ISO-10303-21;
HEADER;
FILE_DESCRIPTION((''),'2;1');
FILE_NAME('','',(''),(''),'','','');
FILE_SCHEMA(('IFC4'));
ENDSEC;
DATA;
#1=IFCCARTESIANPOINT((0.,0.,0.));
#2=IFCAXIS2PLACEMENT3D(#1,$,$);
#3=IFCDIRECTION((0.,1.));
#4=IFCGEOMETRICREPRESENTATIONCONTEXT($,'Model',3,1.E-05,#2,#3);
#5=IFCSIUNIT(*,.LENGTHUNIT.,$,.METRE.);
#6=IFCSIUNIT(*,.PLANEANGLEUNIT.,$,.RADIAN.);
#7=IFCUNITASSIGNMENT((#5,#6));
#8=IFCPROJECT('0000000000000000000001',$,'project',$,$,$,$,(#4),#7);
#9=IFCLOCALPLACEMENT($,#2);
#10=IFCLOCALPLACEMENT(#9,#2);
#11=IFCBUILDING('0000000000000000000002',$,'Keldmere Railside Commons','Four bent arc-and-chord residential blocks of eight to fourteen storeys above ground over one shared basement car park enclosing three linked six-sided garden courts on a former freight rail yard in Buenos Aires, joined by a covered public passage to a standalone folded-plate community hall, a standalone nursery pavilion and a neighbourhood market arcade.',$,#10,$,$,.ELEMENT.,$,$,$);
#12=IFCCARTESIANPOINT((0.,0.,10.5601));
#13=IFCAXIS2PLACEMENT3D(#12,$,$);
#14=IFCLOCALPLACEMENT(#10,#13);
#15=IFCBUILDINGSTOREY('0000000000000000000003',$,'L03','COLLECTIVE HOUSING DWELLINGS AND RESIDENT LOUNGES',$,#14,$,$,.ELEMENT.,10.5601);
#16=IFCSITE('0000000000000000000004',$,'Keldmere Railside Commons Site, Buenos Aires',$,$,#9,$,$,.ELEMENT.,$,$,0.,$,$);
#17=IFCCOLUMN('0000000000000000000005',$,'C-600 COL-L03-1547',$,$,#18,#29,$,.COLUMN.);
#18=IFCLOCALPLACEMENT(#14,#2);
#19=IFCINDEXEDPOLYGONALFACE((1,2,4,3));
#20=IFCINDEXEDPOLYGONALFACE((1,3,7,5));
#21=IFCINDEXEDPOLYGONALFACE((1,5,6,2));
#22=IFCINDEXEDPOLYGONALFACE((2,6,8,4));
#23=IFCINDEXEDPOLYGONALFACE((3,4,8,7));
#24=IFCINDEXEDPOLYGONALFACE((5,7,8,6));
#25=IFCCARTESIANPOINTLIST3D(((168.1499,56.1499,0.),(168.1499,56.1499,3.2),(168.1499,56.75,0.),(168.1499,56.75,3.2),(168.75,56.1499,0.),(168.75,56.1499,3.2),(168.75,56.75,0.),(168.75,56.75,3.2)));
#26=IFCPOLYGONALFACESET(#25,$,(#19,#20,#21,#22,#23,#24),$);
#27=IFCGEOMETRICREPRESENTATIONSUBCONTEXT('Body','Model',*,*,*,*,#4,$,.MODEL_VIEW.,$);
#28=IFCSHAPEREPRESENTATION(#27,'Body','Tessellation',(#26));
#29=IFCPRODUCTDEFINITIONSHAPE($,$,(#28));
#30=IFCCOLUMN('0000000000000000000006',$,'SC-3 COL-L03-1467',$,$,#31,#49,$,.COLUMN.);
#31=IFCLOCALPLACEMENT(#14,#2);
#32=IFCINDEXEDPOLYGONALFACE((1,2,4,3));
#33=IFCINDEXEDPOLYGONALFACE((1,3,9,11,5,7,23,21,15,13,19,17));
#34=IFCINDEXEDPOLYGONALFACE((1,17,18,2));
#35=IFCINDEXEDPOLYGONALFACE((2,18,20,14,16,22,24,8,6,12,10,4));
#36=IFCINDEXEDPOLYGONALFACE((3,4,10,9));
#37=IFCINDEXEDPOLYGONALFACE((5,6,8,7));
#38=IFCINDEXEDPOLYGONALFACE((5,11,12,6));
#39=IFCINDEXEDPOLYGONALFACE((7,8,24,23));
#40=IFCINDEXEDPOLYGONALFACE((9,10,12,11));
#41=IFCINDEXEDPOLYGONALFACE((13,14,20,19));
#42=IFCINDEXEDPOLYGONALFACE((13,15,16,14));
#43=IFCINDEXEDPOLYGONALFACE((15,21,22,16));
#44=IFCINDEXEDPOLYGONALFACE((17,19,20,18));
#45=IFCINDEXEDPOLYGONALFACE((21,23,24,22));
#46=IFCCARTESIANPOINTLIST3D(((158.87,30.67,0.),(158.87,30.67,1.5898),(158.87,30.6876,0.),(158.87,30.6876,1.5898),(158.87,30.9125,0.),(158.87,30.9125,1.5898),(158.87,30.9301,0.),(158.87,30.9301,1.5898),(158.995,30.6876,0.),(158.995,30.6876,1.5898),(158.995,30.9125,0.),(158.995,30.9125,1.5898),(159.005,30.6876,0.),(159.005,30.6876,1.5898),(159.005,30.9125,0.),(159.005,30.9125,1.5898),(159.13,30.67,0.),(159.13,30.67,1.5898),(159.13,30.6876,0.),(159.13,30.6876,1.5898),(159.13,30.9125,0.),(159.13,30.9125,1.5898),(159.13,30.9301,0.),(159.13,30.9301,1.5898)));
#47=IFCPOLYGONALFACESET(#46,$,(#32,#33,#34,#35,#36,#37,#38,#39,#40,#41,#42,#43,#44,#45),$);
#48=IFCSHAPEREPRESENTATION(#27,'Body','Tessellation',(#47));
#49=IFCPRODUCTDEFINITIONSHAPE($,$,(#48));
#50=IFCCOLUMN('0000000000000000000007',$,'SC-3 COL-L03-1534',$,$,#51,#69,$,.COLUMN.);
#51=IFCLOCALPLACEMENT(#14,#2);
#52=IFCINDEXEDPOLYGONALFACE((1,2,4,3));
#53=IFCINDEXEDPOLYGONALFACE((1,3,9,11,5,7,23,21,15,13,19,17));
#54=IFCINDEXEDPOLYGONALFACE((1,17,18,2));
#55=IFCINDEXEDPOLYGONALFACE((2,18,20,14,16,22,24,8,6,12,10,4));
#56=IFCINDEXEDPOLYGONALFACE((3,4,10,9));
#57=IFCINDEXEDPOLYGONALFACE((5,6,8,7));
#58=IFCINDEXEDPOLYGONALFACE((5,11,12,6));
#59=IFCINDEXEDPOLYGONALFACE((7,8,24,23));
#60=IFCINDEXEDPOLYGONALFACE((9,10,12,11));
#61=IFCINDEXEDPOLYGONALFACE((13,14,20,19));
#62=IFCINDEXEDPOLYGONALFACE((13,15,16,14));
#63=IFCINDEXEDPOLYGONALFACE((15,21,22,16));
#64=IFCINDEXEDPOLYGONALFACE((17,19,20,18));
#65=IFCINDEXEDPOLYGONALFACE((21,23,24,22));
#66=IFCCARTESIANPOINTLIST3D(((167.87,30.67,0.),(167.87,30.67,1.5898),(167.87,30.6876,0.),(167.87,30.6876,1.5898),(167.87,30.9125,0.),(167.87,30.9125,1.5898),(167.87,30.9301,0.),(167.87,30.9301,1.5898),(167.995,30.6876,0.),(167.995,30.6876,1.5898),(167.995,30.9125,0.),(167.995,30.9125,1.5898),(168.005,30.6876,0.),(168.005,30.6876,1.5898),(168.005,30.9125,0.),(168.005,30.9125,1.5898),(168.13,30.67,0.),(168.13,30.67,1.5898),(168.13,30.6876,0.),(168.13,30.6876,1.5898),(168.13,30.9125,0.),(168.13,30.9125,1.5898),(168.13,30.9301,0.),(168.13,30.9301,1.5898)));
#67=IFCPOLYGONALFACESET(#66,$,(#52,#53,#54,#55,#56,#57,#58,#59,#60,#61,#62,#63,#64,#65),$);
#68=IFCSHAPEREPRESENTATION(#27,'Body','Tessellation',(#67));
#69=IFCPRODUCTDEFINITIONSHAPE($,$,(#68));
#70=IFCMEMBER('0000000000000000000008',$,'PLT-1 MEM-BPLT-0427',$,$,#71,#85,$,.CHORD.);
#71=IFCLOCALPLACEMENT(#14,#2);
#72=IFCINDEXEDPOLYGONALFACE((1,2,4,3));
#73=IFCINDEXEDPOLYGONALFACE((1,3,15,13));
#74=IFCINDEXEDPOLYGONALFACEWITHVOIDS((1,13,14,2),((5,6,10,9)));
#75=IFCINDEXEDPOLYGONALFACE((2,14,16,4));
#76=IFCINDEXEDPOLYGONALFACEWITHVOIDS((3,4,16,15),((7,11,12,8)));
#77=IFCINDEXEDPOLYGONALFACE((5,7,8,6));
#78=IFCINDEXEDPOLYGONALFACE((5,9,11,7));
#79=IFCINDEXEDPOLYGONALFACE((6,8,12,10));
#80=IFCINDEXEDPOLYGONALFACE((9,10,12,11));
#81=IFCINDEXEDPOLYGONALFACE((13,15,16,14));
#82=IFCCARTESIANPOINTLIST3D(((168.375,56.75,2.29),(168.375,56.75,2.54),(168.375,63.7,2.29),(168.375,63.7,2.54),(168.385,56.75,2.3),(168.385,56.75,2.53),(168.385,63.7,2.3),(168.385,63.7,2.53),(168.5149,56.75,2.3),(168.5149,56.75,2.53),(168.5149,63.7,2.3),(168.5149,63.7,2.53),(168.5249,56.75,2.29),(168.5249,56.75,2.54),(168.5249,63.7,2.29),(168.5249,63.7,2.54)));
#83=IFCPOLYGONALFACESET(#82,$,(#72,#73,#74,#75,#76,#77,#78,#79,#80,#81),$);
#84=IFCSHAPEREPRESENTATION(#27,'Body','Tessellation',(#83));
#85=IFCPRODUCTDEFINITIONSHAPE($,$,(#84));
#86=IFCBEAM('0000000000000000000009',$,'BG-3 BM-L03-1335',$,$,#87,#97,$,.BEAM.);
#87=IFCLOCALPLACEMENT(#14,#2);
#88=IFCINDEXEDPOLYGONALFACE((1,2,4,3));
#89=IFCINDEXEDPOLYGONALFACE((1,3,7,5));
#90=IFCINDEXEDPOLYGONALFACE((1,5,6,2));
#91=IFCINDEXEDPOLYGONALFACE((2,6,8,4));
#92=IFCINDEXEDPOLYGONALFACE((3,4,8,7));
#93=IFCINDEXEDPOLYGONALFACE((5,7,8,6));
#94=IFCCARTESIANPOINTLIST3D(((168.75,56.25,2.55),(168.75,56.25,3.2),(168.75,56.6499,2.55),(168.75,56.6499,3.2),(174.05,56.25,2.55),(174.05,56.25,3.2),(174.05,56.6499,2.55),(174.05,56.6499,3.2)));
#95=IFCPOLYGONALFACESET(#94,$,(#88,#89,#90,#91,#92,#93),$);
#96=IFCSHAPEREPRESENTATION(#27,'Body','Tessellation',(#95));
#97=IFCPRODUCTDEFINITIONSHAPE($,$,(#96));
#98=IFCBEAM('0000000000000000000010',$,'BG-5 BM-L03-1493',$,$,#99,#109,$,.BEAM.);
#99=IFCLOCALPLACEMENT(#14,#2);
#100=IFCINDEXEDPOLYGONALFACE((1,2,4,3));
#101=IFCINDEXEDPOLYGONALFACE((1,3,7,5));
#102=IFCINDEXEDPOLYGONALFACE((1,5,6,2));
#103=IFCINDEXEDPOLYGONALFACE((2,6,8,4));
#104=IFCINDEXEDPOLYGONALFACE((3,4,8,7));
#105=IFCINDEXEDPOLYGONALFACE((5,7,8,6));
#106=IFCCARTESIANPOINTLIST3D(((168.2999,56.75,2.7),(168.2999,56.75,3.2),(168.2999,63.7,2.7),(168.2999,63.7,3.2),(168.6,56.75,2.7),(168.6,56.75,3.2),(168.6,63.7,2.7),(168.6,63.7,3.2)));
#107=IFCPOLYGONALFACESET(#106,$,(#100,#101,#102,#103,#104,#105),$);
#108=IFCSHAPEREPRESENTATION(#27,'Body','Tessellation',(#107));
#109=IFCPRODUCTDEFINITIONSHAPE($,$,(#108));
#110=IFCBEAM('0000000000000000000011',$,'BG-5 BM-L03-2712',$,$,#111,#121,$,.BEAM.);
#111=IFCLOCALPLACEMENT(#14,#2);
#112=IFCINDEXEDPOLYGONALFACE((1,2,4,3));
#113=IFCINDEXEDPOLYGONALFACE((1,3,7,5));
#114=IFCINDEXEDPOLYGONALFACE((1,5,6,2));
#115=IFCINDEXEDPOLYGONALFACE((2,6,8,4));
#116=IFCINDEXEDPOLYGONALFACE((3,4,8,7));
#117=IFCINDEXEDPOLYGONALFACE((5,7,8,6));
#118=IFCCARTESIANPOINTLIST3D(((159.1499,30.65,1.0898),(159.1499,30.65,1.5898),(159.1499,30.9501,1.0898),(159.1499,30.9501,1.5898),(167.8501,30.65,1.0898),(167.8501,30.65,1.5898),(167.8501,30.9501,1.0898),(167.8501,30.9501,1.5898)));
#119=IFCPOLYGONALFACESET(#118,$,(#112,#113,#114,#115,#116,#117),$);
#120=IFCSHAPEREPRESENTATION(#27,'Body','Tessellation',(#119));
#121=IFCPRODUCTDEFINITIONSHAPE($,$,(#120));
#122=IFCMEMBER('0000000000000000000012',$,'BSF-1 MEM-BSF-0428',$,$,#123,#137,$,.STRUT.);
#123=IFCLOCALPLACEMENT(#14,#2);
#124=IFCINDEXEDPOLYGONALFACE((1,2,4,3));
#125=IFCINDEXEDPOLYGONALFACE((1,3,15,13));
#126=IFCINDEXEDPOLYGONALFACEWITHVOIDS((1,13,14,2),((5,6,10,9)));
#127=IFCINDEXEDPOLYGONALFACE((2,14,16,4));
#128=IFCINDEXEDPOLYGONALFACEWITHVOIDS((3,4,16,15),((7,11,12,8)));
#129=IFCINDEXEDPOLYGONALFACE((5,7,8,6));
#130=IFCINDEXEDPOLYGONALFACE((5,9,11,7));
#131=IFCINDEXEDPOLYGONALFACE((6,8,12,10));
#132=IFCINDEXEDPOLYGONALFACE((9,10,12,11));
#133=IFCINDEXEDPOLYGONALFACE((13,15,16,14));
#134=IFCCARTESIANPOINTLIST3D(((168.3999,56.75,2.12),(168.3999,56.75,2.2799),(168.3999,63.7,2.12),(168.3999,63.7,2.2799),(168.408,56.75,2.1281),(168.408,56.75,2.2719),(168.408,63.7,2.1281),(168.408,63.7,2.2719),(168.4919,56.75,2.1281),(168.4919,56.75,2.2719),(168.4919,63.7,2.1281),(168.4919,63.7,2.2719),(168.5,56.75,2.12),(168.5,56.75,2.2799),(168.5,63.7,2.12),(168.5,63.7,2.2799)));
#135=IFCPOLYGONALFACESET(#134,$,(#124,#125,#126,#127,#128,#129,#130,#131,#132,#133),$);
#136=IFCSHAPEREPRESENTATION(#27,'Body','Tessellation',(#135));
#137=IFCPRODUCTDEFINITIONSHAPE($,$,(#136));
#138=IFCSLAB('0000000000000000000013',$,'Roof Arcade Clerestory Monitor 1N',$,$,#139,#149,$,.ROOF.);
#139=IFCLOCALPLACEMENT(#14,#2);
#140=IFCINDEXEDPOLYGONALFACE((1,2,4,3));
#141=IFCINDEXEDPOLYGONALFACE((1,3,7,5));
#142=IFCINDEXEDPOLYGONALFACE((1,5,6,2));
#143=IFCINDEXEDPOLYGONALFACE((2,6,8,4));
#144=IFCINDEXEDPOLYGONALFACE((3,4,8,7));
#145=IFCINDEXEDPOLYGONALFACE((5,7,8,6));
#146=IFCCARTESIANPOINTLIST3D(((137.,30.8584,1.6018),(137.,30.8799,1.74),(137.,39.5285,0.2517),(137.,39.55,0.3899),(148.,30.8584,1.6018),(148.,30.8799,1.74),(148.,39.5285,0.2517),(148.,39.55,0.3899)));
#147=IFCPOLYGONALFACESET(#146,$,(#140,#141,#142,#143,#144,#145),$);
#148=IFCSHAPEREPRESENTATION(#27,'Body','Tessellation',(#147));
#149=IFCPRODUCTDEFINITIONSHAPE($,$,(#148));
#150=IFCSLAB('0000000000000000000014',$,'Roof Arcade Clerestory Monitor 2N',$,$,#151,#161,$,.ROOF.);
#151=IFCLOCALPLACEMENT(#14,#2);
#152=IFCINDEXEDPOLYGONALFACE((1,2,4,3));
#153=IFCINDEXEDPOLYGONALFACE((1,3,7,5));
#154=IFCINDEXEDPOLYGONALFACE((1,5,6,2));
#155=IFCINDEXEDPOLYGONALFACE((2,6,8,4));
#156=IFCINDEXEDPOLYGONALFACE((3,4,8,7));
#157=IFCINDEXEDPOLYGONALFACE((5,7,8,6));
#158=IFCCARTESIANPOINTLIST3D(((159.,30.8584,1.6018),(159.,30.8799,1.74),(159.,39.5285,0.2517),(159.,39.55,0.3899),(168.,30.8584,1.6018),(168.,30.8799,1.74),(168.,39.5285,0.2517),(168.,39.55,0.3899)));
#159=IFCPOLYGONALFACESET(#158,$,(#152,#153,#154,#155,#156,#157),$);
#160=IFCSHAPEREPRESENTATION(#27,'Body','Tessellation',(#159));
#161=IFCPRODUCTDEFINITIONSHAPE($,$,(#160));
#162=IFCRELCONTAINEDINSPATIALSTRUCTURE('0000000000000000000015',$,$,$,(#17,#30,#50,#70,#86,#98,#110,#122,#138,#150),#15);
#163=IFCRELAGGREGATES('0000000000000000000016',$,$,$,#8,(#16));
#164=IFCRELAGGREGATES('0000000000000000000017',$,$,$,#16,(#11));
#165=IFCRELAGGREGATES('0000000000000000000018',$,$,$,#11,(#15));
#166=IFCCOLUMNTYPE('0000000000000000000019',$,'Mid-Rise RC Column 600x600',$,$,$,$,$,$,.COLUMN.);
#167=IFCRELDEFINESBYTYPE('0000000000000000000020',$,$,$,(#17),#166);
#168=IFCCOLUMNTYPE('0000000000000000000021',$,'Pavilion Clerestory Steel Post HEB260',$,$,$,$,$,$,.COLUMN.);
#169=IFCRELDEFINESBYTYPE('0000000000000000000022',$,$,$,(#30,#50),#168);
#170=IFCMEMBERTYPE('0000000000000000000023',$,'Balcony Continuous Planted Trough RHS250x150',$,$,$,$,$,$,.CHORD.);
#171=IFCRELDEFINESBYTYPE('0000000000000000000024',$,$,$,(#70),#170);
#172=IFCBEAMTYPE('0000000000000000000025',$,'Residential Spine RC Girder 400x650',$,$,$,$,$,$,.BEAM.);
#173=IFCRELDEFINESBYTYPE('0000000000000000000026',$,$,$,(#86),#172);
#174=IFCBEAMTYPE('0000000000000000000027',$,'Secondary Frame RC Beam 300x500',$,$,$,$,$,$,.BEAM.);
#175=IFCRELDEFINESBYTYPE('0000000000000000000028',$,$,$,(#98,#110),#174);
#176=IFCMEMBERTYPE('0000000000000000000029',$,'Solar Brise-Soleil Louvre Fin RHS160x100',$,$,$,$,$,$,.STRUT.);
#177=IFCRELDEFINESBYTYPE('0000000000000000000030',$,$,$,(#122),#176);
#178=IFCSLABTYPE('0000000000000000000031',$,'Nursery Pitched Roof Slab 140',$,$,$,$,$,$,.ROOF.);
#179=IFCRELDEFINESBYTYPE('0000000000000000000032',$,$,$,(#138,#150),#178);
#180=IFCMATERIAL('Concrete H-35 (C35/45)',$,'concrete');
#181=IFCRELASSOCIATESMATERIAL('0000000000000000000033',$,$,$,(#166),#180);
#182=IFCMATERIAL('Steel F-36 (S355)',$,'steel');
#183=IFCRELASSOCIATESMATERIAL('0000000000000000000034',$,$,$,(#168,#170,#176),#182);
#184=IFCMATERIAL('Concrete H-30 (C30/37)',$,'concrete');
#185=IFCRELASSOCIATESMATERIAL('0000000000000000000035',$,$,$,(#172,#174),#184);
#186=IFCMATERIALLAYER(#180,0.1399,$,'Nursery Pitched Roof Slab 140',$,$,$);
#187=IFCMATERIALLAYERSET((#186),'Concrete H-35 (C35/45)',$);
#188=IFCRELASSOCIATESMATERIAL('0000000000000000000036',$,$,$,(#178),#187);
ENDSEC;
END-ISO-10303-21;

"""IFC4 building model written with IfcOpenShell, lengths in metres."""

from ifc_helpers import new_model, si_unit, direction, frame, origin, origin_2d, place, context, subcontext, project, spatial, polyline, rectangle, hollow_rectangle, i_section, outline, extrude, material, layer, layer_set, material_profile, profile_set, type_object, element, save


model = new_model("IFC4")

# Units and contexts
model_context = context("Model", 3, precision=1e-05, world=origin(), true_north=direction((0.0, 1.0)))
body_context = subcontext(model_context, "Body", "Model", "MODEL_VIEW")
ifc_project = project(units=[si_unit("LENGTHUNIT", "METRE"), si_unit("PLANEANGLEUNIT", "RADIAN")], contexts=[model_context])

# Site, building, storey
site_placement = place(None, origin())
site = spatial("IfcSite", under=ifc_project, at=site_placement, Name="Keldmere Railside Commons Site, Buenos Aires", CompositionType="ELEMENT", RefElevation=0.0)
building_placement = place(site_placement, origin())
building = spatial("IfcBuilding", under=site, at=building_placement, Name="Keldmere Railside Commons", Description="Four bent arc-and-chord residential blocks of eight to fourteen storeys above ground over one shared basement car park enclosing three linked six-sided garden courts on a former freight rail yard in Buenos Aires, joined by a covered public passage to a standalone folded-plate community hall, a standalone nursery pavilion and a neighbourhood market arcade.", CompositionType="ELEMENT")
storey_placement = place(building_placement, frame((0.0, 0.0, 10.5601)))
storey = spatial("IfcBuildingStorey", under=building, at=storey_placement, Name="L03", Description="COLLECTIVE HOUSING DWELLINGS AND RESIDENT LOUNGES", CompositionType="ELEMENT", Elevation=10.5601)

# Columns
ifc_material_1 = material(Name="Concrete H-35 (C35/45)", Category="concrete")
ifc_material_profile_1 = material_profile(ifc_material_1, rectangle(XDim=0.6001, YDim=0.6001, at=origin_2d()), Name="RC-600x600")
ifc_profile_set_1 = profile_set([ifc_material_profile_1], Name="Concrete H-35 (C35/45)")
column_type_1 = type_object("IfcColumnType", Name="Mid-Rise RC Column 600x600", PredefinedType="COLUMN", material=ifc_profile_set_1)
column_placement = place(storey_placement, frame((168.45, 56.45, 0.0), z_axis=(0.0, 0.0, 1.0), x_axis=(1.0, 0.0, 0.0)))
element("IfcColumn", 1, at=column_placement, inside=storey, type_object=column_type_1, Name="C-600 COL-L03-1547", PredefinedType="COLUMN", context=body_context, shape_type="SweptSolid", body=[
    extrude(rectangle(XDim=0.6001, YDim=0.6001, at=origin_2d()), origin(), (0.0, 0.0, 1.0), 3.2),
])
ifc_material_2 = material(Name="Steel F-36 (S355)", Category="steel")
ifc_material_profile_2 = material_profile(ifc_material_2, i_section(OverallWidth=0.26, OverallDepth=0.26, WebThickness=0.01, FlangeThickness=0.0176, at=origin_2d()), Name="HEB-260")
ifc_profile_set_2 = profile_set([ifc_material_profile_2], Name="Steel F-36 (S355)")
column_type_2 = type_object("IfcColumnType", Name="Pavilion Clerestory Steel Post HEB260", PredefinedType="COLUMN", material=ifc_profile_set_2)
for number, where, z_axis, x_axis, name in (
    (2, (159.0, 30.8, 0.0), (0.0, 0.0, 1.0), (1.0, 0.0, 0.0), "SC-3 COL-L03-1467"),
    (3, (168.0, 30.8, 0.0), (0.0, 0.0, 1.0), (1.0, 0.0, 0.0), "SC-3 COL-L03-1534"),
):
    element("IfcColumn", number, at=place(storey_placement, frame(where, z_axis=z_axis, x_axis=x_axis)), inside=storey, type_object=column_type_2, Name=name, PredefinedType="COLUMN", context=body_context, shape_type="SweptSolid", body=[
        extrude(i_section(OverallWidth=0.26, OverallDepth=0.26, WebThickness=0.01, FlangeThickness=0.0176, at=origin_2d()), origin(), (0.0, 0.0, 1.0), 1.5898),
    ])

# Member
ifc_material_profile_3 = material_profile(ifc_material_2, hollow_rectangle(XDim=0.1499, YDim=0.25, WallThickness=0.01, at=origin_2d()), Name="RHS-250x150x10")
ifc_profile_set_3 = profile_set([ifc_material_profile_3], Name="Steel F-36 (S355)")
member_type_1 = type_object("IfcMemberType", Name="Balcony Continuous Planted Trough RHS250x150", PredefinedType="CHORD", material=ifc_profile_set_3)
member_1_placement = place(storey_placement, frame((168.45, 56.75, 2.415), z_axis=(0.0, 1.0, 0.0), x_axis=(-1.0, 0.0, 0.0)))
element("IfcMember", 4, at=member_1_placement, inside=storey, type_object=member_type_1, Name="PLT-1 MEM-BPLT-0427", PredefinedType="CHORD", context=body_context, shape_type="SweptSolid", body=[
    extrude(hollow_rectangle(XDim=0.1499, YDim=0.25, WallThickness=0.01, at=origin_2d()), origin(), (0.0, 0.0, 1.0), 6.95),
])

# Beams
ifc_material_3 = material(Name="Concrete H-30 (C30/37)", Category="concrete")
ifc_material_profile_4 = material_profile(ifc_material_3, rectangle(XDim=0.3999, YDim=0.6499, at=origin_2d()), Name="RC-400x650")
ifc_profile_set_4 = profile_set([ifc_material_profile_4], Name="Concrete H-30 (C30/37)")
beam_type_1 = type_object("IfcBeamType", Name="Residential Spine RC Girder 400x650", PredefinedType="BEAM", material=ifc_profile_set_4)
beam_1_placement = place(storey_placement, frame((168.75, 56.45, 2.875), z_axis=(1.0, 0.0, 0.0), x_axis=(0.0, 1.0, 0.0)))
element("IfcBeam", 5, at=beam_1_placement, inside=storey, type_object=beam_type_1, Name="BG-3 BM-L03-1335", PredefinedType="BEAM", context=body_context, shape_type="SweptSolid", body=[
    extrude(rectangle(XDim=0.3999, YDim=0.6499, at=origin_2d()), origin(), (0.0, 0.0, 1.0), 5.3),
])
ifc_material_profile_5 = material_profile(ifc_material_3, rectangle(XDim=0.3, YDim=0.5, at=origin_2d()), Name="RC-300x500")
ifc_profile_set_5 = profile_set([ifc_material_profile_5], Name="Concrete H-30 (C30/37)")
beam_type_2 = type_object("IfcBeamType", Name="Secondary Frame RC Beam 300x500", PredefinedType="BEAM", material=ifc_profile_set_5)
beam_2_placement = place(storey_placement, frame((168.45, 56.75, 2.95), z_axis=(0.0, 1.0, 0.0), x_axis=(-1.0, 0.0, 0.0)))
element("IfcBeam", 6, at=beam_2_placement, inside=storey, type_object=beam_type_2, Name="BG-5 BM-L03-1493", PredefinedType="BEAM", context=body_context, shape_type="SweptSolid", body=[
    extrude(rectangle(XDim=0.3, YDim=0.5, at=origin_2d()), origin(), (0.0, 0.0, 1.0), 6.95),
])
beam_3_placement = place(storey_placement, frame((159.1499, 30.8, 1.3398), z_axis=(1.0, 0.0, 0.0), x_axis=(0.0, 1.0, 0.0)))
element("IfcBeam", 7, at=beam_3_placement, inside=storey, type_object=beam_type_2, Name="BG-5 BM-L03-2712", PredefinedType="BEAM", context=body_context, shape_type="SweptSolid", body=[
    extrude(rectangle(XDim=0.3, YDim=0.5, at=origin_2d()), origin(), (0.0, 0.0, 1.0), 8.7002),
])

# Member
ifc_material_profile_6 = material_profile(ifc_material_2, hollow_rectangle(XDim=0.1001, YDim=0.1599, WallThickness=0.0081, at=origin_2d()), Name="RHS-160x100x8")
ifc_profile_set_6 = profile_set([ifc_material_profile_6], Name="Steel F-36 (S355)")
member_type_2 = type_object("IfcMemberType", Name="Solar Brise-Soleil Louvre Fin RHS160x100", PredefinedType="STRUT", material=ifc_profile_set_6)
member_2_placement = place(storey_placement, frame((168.45, 56.75, 2.2), z_axis=(0.0, 1.0, 0.0), x_axis=(-1.0, 0.0, 0.0)))
element("IfcMember", 8, at=member_2_placement, inside=storey, type_object=member_type_2, Name="BSF-1 MEM-BSF-0428", PredefinedType="STRUT", context=body_context, shape_type="SweptSolid", body=[
    extrude(hollow_rectangle(XDim=0.1001, YDim=0.1599, WallThickness=0.0081, at=origin_2d()), origin(), (0.0, 0.0, 1.0), 6.95),
])

# Slabs
ifc_layer_1 = layer(ifc_material_1, 0.1399, Name="Nursery Pitched Roof Slab 140")
ifc_layer_set_1 = layer_set([ifc_layer_1], Name="Concrete H-35 (C35/45)")
slab_type = type_object("IfcSlabType", Name="Nursery Pitched Roof Slab 140", PredefinedType="ROOF", material=ifc_layer_set_1)
slab_1_placement = place(storey_placement, frame((148.0, 39.55, 0.3899), z_axis=(0.0, 0.153863, 0.988092), x_axis=(-1.0, 0.0, 0.0)))
element("IfcSlab", 9, at=slab_1_placement, inside=storey, type_object=slab_type, Name="Roof Arcade Clerestory Monitor 1N", PredefinedType="ROOF", context=body_context, shape_type="SweptSolid", body=[
    extrude(outline(polyline([(0.0, 0.0), (11.0, 0.0), (11.0, 8.7747), (0.0, 8.7747), (0.0, 0.0)])), origin(), (0.0, 0.0, -1.0), 0.1399),
])
slab_2_placement = place(storey_placement, frame((168.0, 39.55, 0.3899), z_axis=(0.0, 0.153863, 0.988092), x_axis=(-1.0, 0.0, 0.0)))
element("IfcSlab", 10, at=slab_2_placement, inside=storey, type_object=slab_type, Name="Roof Arcade Clerestory Monitor 2N", PredefinedType="ROOF", context=body_context, shape_type="SweptSolid", body=[
    extrude(outline(polyline([(0.0, 0.0), (9.0, 0.0), (9.0, 8.7747), (0.0, 8.7747), (0.0, 0.0)])), origin(), (0.0, 0.0, -1.0), 0.1399),
])

save(model, "model.ifc")
